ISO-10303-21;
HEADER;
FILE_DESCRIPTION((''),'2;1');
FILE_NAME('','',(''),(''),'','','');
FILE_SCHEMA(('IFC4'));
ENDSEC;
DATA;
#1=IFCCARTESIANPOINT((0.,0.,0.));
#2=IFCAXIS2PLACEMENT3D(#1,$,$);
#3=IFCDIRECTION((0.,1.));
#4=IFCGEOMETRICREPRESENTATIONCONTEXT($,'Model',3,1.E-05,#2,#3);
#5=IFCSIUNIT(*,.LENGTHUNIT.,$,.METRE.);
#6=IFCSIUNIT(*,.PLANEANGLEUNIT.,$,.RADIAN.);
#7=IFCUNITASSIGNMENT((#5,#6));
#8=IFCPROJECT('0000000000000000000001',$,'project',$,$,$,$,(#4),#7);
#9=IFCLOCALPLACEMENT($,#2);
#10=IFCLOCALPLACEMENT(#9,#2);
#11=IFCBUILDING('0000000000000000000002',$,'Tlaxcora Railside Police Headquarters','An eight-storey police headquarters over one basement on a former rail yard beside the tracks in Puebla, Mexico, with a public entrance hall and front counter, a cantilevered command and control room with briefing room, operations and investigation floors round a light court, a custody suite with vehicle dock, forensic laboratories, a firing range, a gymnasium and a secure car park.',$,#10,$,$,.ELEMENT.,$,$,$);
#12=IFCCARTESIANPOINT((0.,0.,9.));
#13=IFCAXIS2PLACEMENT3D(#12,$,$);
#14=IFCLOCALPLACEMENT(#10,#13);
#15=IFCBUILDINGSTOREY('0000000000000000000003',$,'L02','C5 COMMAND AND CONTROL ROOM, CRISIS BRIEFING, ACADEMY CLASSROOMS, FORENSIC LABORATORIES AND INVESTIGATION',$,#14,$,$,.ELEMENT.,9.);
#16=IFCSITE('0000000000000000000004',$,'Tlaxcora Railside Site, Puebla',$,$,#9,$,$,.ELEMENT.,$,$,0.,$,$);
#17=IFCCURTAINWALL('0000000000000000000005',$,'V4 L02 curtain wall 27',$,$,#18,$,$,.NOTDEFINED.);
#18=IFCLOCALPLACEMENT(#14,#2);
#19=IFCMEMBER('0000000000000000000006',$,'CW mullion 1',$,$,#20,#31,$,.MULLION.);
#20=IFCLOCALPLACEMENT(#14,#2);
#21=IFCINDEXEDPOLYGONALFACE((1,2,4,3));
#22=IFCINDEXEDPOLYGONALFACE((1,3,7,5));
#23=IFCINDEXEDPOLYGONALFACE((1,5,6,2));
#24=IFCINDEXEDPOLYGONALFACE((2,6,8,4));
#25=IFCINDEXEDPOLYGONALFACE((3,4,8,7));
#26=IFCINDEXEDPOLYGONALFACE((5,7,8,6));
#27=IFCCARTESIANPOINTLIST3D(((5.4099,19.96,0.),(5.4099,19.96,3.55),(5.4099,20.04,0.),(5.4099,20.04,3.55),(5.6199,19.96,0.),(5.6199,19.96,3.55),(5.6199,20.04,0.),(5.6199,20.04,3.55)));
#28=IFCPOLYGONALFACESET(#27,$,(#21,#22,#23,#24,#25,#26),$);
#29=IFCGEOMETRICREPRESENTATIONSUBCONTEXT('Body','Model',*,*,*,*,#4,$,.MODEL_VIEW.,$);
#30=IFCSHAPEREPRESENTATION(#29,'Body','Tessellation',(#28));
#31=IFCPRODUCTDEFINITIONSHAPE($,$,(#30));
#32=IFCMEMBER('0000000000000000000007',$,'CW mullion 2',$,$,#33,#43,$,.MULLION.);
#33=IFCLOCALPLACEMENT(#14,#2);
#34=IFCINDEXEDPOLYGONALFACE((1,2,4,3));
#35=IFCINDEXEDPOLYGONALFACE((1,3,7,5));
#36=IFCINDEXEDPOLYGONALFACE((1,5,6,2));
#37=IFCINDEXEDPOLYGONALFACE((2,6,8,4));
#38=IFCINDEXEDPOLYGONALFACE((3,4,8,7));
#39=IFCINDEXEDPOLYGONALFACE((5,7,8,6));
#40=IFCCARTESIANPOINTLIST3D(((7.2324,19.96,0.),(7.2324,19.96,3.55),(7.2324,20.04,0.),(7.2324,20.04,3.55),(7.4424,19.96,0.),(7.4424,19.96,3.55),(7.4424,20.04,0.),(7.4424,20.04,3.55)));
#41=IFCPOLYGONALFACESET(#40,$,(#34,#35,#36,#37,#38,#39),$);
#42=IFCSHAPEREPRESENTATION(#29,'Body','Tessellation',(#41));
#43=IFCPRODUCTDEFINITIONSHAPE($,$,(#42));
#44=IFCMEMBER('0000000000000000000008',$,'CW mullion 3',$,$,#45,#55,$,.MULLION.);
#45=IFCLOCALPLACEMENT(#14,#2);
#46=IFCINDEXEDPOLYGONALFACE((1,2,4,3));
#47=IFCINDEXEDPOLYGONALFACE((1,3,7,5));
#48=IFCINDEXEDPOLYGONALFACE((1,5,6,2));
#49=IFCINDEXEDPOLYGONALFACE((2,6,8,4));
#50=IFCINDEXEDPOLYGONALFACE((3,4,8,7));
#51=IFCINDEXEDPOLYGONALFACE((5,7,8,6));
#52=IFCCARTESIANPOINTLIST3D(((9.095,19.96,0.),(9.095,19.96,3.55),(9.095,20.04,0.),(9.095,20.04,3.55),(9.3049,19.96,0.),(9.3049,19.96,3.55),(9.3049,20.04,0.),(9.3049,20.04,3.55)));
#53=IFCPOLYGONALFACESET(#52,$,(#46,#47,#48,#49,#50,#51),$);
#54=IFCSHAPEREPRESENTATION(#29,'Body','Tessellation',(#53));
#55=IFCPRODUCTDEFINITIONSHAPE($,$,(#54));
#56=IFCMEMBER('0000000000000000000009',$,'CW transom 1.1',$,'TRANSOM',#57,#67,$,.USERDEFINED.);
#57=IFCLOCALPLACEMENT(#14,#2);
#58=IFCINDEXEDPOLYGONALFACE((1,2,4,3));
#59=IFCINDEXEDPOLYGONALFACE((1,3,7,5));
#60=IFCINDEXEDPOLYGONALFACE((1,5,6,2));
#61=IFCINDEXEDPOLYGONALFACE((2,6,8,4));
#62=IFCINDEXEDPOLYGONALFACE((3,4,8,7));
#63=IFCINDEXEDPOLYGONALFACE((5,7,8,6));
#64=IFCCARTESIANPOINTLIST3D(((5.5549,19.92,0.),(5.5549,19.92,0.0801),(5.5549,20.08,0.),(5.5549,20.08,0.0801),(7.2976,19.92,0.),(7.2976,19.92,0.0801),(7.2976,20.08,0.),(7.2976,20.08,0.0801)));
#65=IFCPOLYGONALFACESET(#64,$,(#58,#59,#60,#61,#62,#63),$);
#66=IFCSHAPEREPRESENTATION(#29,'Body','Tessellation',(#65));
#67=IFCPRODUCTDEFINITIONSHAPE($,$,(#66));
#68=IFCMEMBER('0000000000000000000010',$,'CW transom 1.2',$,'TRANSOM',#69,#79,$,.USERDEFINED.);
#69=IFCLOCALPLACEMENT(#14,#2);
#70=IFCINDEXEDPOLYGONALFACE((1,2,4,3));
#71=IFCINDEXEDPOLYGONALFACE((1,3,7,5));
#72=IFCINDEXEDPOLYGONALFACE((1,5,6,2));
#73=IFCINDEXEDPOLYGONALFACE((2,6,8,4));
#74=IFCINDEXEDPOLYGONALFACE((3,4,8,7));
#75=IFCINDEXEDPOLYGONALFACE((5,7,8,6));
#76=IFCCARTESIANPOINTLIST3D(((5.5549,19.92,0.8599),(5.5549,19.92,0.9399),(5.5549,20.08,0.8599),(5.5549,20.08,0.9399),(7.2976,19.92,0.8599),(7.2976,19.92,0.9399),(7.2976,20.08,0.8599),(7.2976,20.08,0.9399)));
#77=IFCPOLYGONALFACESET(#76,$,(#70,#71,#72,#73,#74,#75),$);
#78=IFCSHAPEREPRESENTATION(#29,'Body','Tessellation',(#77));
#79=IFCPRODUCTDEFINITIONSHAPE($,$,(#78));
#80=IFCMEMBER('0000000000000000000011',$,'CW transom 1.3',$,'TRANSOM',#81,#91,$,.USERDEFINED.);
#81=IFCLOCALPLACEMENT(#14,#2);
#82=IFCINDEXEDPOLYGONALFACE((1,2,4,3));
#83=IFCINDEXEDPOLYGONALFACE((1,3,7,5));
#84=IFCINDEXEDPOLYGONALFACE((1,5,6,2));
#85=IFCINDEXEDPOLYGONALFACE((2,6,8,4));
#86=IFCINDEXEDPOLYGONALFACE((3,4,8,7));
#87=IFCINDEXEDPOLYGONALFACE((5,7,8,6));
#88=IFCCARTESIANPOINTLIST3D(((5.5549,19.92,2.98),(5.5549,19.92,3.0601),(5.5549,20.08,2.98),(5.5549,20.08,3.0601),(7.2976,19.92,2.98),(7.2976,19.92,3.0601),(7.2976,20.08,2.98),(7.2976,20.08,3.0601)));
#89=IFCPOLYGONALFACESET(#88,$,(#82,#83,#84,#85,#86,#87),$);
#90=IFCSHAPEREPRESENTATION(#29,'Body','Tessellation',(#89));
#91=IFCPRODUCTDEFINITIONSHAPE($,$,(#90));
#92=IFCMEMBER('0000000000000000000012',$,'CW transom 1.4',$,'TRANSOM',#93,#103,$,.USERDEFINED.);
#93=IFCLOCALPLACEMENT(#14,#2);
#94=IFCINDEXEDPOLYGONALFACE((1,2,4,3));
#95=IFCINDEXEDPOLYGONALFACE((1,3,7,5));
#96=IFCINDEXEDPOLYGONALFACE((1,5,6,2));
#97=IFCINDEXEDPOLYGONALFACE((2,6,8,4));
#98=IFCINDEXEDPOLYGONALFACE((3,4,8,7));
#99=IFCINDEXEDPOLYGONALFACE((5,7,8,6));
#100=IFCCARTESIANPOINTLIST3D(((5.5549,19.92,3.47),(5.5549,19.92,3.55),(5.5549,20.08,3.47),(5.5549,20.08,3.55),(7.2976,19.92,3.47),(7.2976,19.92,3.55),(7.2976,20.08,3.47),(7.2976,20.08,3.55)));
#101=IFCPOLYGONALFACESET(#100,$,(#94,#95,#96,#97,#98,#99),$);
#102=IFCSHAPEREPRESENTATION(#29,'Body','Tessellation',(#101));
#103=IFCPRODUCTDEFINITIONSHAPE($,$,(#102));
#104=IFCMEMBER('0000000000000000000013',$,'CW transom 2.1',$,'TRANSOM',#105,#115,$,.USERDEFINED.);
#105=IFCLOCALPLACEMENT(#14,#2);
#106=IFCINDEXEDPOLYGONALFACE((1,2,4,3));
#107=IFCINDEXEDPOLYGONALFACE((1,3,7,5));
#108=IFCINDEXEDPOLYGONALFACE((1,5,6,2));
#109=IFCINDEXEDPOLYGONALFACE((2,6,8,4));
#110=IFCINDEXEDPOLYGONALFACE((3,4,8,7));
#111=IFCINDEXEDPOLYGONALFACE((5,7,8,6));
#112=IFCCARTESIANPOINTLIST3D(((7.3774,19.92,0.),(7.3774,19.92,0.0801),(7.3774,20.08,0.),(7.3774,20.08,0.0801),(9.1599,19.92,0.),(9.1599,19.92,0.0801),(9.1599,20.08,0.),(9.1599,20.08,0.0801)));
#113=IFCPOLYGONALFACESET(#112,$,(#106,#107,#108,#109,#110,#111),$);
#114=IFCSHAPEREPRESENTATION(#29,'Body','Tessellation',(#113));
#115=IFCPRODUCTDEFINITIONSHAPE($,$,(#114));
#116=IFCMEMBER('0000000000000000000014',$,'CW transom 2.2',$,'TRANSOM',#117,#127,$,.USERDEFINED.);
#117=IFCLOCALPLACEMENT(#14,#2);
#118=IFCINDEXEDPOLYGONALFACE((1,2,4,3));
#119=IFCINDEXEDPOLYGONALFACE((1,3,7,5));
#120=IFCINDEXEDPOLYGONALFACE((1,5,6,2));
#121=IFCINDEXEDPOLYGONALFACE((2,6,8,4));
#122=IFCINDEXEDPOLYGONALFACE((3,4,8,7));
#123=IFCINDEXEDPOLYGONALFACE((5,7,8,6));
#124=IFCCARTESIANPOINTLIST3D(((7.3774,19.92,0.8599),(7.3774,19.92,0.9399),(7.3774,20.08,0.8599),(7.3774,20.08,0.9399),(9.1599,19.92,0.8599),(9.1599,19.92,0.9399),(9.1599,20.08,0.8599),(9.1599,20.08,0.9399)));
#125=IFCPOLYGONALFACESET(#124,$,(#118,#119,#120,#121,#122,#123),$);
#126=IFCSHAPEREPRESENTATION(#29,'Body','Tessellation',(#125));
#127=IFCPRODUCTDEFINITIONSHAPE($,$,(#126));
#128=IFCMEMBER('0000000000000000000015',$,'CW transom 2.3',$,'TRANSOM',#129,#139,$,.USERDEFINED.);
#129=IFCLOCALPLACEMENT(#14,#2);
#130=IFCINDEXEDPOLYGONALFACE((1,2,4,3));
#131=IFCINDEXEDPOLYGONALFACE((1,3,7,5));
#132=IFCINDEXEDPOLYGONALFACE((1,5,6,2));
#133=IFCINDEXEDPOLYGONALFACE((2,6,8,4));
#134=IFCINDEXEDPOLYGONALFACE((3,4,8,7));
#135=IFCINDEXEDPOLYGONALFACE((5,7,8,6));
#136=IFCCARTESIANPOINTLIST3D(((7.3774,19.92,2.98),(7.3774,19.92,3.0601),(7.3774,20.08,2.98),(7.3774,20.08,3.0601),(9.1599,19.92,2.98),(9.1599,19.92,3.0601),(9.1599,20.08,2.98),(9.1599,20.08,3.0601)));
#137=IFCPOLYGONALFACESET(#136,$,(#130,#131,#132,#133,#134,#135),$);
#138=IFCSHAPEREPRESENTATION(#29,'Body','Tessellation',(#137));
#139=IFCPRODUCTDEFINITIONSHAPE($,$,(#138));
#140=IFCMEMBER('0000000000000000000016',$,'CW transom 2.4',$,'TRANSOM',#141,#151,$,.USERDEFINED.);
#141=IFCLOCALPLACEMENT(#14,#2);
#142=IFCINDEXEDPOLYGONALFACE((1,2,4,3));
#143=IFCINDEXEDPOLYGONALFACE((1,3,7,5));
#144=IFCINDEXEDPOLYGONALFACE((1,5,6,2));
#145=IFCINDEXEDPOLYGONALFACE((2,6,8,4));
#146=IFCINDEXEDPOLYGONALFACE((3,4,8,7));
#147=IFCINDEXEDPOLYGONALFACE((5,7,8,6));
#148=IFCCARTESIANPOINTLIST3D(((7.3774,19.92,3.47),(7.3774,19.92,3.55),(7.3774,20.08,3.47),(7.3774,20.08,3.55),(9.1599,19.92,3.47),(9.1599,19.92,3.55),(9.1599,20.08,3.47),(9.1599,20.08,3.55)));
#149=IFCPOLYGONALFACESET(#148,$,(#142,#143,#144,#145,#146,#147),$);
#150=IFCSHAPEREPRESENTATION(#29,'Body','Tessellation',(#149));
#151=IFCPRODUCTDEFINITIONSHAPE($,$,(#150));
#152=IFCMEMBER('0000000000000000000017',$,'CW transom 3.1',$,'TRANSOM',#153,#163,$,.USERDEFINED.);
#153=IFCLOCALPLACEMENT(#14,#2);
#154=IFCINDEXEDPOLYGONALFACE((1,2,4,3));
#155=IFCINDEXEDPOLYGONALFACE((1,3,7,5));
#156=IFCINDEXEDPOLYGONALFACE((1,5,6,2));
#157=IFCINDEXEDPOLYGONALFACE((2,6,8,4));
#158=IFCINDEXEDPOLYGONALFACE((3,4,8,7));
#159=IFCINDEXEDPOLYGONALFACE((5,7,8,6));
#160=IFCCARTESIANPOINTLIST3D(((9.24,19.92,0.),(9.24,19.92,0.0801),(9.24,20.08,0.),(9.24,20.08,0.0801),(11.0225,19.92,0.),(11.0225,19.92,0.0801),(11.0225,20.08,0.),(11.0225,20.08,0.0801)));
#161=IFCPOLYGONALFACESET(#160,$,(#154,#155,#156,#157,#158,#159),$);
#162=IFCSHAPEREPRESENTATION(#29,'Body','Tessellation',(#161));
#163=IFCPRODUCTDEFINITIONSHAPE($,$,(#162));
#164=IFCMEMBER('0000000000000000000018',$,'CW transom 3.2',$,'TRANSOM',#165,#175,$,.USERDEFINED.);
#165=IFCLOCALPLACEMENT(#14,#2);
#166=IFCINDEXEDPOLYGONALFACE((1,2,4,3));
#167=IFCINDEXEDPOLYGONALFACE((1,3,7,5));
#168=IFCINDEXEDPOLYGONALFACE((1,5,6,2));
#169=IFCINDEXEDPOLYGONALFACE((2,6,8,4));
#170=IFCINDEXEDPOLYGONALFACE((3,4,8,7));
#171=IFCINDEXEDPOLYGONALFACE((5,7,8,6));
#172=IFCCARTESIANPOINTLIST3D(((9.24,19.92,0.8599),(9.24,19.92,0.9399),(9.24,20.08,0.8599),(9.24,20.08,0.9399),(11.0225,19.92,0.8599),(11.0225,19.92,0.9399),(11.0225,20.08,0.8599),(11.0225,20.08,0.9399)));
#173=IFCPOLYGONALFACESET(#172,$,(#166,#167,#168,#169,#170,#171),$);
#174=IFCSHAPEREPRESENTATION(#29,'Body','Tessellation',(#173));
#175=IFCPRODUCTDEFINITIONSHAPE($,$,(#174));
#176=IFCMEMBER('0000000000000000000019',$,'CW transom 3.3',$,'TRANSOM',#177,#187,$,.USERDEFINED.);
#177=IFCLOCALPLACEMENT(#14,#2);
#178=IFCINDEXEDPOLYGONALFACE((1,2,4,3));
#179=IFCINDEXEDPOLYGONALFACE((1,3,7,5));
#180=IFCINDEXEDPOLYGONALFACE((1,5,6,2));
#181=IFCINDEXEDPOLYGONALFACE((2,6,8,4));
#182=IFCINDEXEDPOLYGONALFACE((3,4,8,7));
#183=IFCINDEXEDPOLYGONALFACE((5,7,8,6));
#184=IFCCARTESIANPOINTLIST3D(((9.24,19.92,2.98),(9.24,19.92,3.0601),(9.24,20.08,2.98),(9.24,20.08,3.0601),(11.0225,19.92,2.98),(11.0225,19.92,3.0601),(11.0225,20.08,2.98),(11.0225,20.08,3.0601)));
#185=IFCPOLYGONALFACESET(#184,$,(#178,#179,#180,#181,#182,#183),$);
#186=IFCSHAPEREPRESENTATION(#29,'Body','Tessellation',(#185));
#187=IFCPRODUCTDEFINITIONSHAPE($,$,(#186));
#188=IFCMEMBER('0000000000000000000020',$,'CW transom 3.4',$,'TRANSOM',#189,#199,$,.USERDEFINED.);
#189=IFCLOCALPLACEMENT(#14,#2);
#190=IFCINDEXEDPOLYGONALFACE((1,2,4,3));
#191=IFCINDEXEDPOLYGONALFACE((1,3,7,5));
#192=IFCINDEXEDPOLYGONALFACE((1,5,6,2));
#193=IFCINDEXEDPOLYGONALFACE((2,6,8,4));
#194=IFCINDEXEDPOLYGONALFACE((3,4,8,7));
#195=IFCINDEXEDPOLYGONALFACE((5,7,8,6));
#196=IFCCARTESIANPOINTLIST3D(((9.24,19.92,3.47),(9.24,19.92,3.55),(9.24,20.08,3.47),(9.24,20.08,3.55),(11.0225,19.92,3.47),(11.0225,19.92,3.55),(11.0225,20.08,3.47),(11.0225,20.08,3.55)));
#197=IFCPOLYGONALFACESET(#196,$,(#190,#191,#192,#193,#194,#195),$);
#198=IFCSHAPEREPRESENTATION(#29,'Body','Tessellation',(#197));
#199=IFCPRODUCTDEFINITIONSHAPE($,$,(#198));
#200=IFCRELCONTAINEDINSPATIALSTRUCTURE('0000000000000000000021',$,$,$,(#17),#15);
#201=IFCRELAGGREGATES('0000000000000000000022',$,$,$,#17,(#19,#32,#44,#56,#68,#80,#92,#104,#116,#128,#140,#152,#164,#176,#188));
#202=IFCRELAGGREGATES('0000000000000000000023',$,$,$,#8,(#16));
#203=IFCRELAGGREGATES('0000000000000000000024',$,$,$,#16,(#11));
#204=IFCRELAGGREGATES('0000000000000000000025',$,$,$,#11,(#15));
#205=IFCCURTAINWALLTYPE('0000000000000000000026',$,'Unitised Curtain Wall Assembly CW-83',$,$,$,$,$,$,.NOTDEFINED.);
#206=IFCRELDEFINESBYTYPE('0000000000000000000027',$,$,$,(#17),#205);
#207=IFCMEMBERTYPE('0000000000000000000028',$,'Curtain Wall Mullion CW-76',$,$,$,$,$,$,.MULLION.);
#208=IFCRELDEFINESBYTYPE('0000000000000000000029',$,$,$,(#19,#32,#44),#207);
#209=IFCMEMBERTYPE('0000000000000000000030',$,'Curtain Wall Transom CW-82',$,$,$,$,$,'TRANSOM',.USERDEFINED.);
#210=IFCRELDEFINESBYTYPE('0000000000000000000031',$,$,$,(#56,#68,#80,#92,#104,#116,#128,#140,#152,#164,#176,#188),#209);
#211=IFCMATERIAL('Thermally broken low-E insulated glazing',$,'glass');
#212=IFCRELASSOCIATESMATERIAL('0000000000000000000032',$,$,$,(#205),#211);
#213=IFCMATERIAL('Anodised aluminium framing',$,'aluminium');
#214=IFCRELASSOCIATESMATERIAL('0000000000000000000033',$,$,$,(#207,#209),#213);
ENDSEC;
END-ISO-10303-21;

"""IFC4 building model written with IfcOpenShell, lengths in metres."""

from ifc_helpers import new_model, si_unit, direction, frame, origin, origin_2d, place, context, subcontext, project, spatial, rectangle, extrude, material, material_profile, profile_set, type_object, element, aggregate, save


model = new_model("IFC4")

# Units and contexts
model_context = context("Model", 3, precision=1e-05, world=origin(), true_north=direction((0.0, 1.0)))
body_context = subcontext(model_context, "Body", "Model", "MODEL_VIEW")
ifc_project = project(units=[si_unit("LENGTHUNIT", "METRE"), si_unit("PLANEANGLEUNIT", "RADIAN")], contexts=[model_context])

# Site, building, storey
site_placement = place(None, origin())
site = spatial("IfcSite", under=ifc_project, at=site_placement, Name="Tlaxcora Railside Site, Puebla", CompositionType="ELEMENT", RefElevation=0.0)
building_placement = place(site_placement, origin())
building = spatial("IfcBuilding", under=site, at=building_placement, Name="Tlaxcora Railside Police Headquarters", Description="An eight-storey police headquarters over one basement on a former rail yard beside the tracks in Puebla, Mexico, with a public entrance hall and front counter, a cantilevered command and control room with briefing room, operations and investigation floors round a light court, a custody suite with vehicle dock, forensic laboratories, a firing range, a gymnasium and a secure car park.", CompositionType="ELEMENT")
storey_placement = place(building_placement, frame((0.0, 0.0, 9.0)))
storey = spatial("IfcBuildingStorey", under=building, at=storey_placement, Name="L02", Description="C5 COMMAND AND CONTROL ROOM, CRISIS BRIEFING, ACADEMY CLASSROOMS, FORENSIC LABORATORIES AND INVESTIGATION", CompositionType="ELEMENT", Elevation=9.0)

# Curtain wall, members
ifc_material_1 = material(Name="Thermally broken low-E insulated glazing", Category="glass")
curtain_wall_type = type_object("IfcCurtainWallType", Name="Unitised Curtain Wall Assembly CW-83", PredefinedType="NOTDEFINED", material=ifc_material_1)
curtain_wall_placement = place(storey_placement, origin())
curtain_wall = element("IfcCurtainWall", 1, at=curtain_wall_placement, inside=storey, type_object=curtain_wall_type, Name="V4 L02 curtain wall 27", PredefinedType="NOTDEFINED")
ifc_material_2 = material(Name="Anodised aluminium framing", Category="aluminium")
ifc_material_profile_1 = material_profile(ifc_material_2, rectangle(XDim=0.0801, YDim=0.21, at=origin_2d()), Name="AL80X210")
ifc_profile_set_1 = profile_set([ifc_material_profile_1], Name="Anodised aluminium framing")
member_type_1 = type_object("IfcMemberType", Name="Curtain Wall Mullion CW-76", PredefinedType="MULLION", material=ifc_profile_set_1)
member_1_placement = place(storey_placement, frame((5.5149, 20.0, 0.0), z_axis=(0.0, 0.0, 1.0), x_axis=(0.0, 1.0, 0.0)))
member_1 = element("IfcMember", 2, at=member_1_placement, type_object=member_type_1, Name="CW mullion 1", PredefinedType="MULLION", context=body_context, shape_type="SweptSolid", body=[
    extrude(rectangle(XDim=0.0801, YDim=0.21, at=origin_2d()), origin(), (0.0, 0.0, 1.0), 3.55),
])
member_2_placement = place(storey_placement, frame((7.3374, 20.0, 0.0), z_axis=(0.0, 0.0, 1.0), x_axis=(0.0, 1.0, 0.0)))
member_2 = element("IfcMember", 3, at=member_2_placement, type_object=member_type_1, Name="CW mullion 2", PredefinedType="MULLION", context=body_context, shape_type="SweptSolid", body=[
    extrude(rectangle(XDim=0.0801, YDim=0.21, at=origin_2d()), origin(), (0.0, 0.0, 1.0), 3.55),
])
member_3_placement = place(storey_placement, frame((9.2, 20.0, 0.0), z_axis=(0.0, 0.0, 1.0), x_axis=(0.0, 1.0, 0.0)))
member_3 = element("IfcMember", 4, at=member_3_placement, type_object=member_type_1, Name="CW mullion 3", PredefinedType="MULLION", context=body_context, shape_type="SweptSolid", body=[
    extrude(rectangle(XDim=0.0801, YDim=0.21, at=origin_2d()), origin(), (0.0, 0.0, 1.0), 3.55),
])
ifc_material_profile_2 = material_profile(ifc_material_2, rectangle(XDim=0.1599, YDim=0.0801, at=origin_2d()), Name="AL80X160")
ifc_profile_set_2 = profile_set([ifc_material_profile_2], Name="Anodised aluminium framing")
member_type_2 = type_object("IfcMemberType", Name="Curtain Wall Transom CW-82", ElementType="TRANSOM", PredefinedType="USERDEFINED", material=ifc_profile_set_2)
member_4_placement = place(storey_placement, frame((5.5549, 20.0, 0.04), z_axis=(1.0, 0.0, 0.0), x_axis=(0.0, 1.0, 0.0)))
member_4 = element("IfcMember", 5, at=member_4_placement, type_object=member_type_2, Name="CW transom 1.1", ObjectType="TRANSOM", PredefinedType="USERDEFINED", context=body_context, shape_type="SweptSolid", body=[
    extrude(rectangle(XDim=0.1599, YDim=0.0801, at=origin_2d()), origin(), (0.0, 0.0, 1.0), 1.7427),
])
member_5_placement = place(storey_placement, frame((5.5549, 20.0, 0.8999), z_axis=(1.0, 0.0, 0.0), x_axis=(0.0, 1.0, 0.0)))
member_5 = element("IfcMember", 6, at=member_5_placement, type_object=member_type_2, Name="CW transom 1.2", ObjectType="TRANSOM", PredefinedType="USERDEFINED", context=body_context, shape_type="SweptSolid", body=[
    extrude(rectangle(XDim=0.1599, YDim=0.0801, at=origin_2d()), origin(), (0.0, 0.0, 1.0), 1.7427),
])
member_6_placement = place(storey_placement, frame((5.5549, 20.0, 3.02), z_axis=(1.0, 0.0, 0.0), x_axis=(0.0, 1.0, 0.0)))
member_6 = element("IfcMember", 7, at=member_6_placement, type_object=member_type_2, Name="CW transom 1.3", ObjectType="TRANSOM", PredefinedType="USERDEFINED", context=body_context, shape_type="SweptSolid", body=[
    extrude(rectangle(XDim=0.1599, YDim=0.0801, at=origin_2d()), origin(), (0.0, 0.0, 1.0), 1.7427),
])
member_7_placement = place(storey_placement, frame((5.5549, 20.0, 3.51), z_axis=(1.0, 0.0, 0.0), x_axis=(0.0, 1.0, 0.0)))
member_7 = element("IfcMember", 8, at=member_7_placement, type_object=member_type_2, Name="CW transom 1.4", ObjectType="TRANSOM", PredefinedType="USERDEFINED", context=body_context, shape_type="SweptSolid", body=[
    extrude(rectangle(XDim=0.1599, YDim=0.0801, at=origin_2d()), origin(), (0.0, 0.0, 1.0), 1.7427),
])
member_8_placement = place(storey_placement, frame((7.3774, 20.0, 0.04), z_axis=(1.0, 0.0, 0.0), x_axis=(0.0, 1.0, 0.0)))
member_8 = element("IfcMember", 9, at=member_8_placement, type_object=member_type_2, Name="CW transom 2.1", ObjectType="TRANSOM", PredefinedType="USERDEFINED", context=body_context, shape_type="SweptSolid", body=[
    extrude(rectangle(XDim=0.1599, YDim=0.0801, at=origin_2d()), origin(), (0.0, 0.0, 1.0), 1.7825),
])
member_9_placement = place(storey_placement, frame((7.3774, 20.0, 0.8999), z_axis=(1.0, 0.0, 0.0), x_axis=(0.0, 1.0, 0.0)))
member_9 = element("IfcMember", 10, at=member_9_placement, type_object=member_type_2, Name="CW transom 2.2", ObjectType="TRANSOM", PredefinedType="USERDEFINED", context=body_context, shape_type="SweptSolid", body=[
    extrude(rectangle(XDim=0.1599, YDim=0.0801, at=origin_2d()), origin(), (0.0, 0.0, 1.0), 1.7825),
])
member_10_placement = place(storey_placement, frame((7.3774, 20.0, 3.02), z_axis=(1.0, 0.0, 0.0), x_axis=(0.0, 1.0, 0.0)))
member_10 = element("IfcMember", 11, at=member_10_placement, type_object=member_type_2, Name="CW transom 2.3", ObjectType="TRANSOM", PredefinedType="USERDEFINED", context=body_context, shape_type="SweptSolid", body=[
    extrude(rectangle(XDim=0.1599, YDim=0.0801, at=origin_2d()), origin(), (0.0, 0.0, 1.0), 1.7825),
])
member_11_placement = place(storey_placement, frame((7.3774, 20.0, 3.51), z_axis=(1.0, 0.0, 0.0), x_axis=(0.0, 1.0, 0.0)))
member_11 = element("IfcMember", 12, at=member_11_placement, type_object=member_type_2, Name="CW transom 2.4", ObjectType="TRANSOM", PredefinedType="USERDEFINED", context=body_context, shape_type="SweptSolid", body=[
    extrude(rectangle(XDim=0.1599, YDim=0.0801, at=origin_2d()), origin(), (0.0, 0.0, 1.0), 1.7825),
])
member_12_placement = place(storey_placement, frame((9.24, 20.0, 0.04), z_axis=(1.0, 0.0, 0.0), x_axis=(0.0, 1.0, 0.0)))
member_12 = element("IfcMember", 13, at=member_12_placement, type_object=member_type_2, Name="CW transom 3.1", ObjectType="TRANSOM", PredefinedType="USERDEFINED", context=body_context, shape_type="SweptSolid", body=[
    extrude(rectangle(XDim=0.1599, YDim=0.0801, at=origin_2d()), origin(), (0.0, 0.0, 1.0), 1.7825),
])
member_13_placement = place(storey_placement, frame((9.24, 20.0, 0.8999), z_axis=(1.0, 0.0, 0.0), x_axis=(0.0, 1.0, 0.0)))
member_13 = element("IfcMember", 14, at=member_13_placement, type_object=member_type_2, Name="CW transom 3.2", ObjectType="TRANSOM", PredefinedType="USERDEFINED", context=body_context, shape_type="SweptSolid", body=[
    extrude(rectangle(XDim=0.1599, YDim=0.0801, at=origin_2d()), origin(), (0.0, 0.0, 1.0), 1.7825),
])
member_14_placement = place(storey_placement, frame((9.24, 20.0, 3.02), z_axis=(1.0, 0.0, 0.0), x_axis=(0.0, 1.0, 0.0)))
member_14 = element("IfcMember", 15, at=member_14_placement, type_object=member_type_2, Name="CW transom 3.3", ObjectType="TRANSOM", PredefinedType="USERDEFINED", context=body_context, shape_type="SweptSolid", body=[
    extrude(rectangle(XDim=0.1599, YDim=0.0801, at=origin_2d()), origin(), (0.0, 0.0, 1.0), 1.7825),
])
member_15_placement = place(storey_placement, frame((9.24, 20.0, 3.51), z_axis=(1.0, 0.0, 0.0), x_axis=(0.0, 1.0, 0.0)))
member_15 = element("IfcMember", 16, at=member_15_placement, type_object=member_type_2, Name="CW transom 3.4", ObjectType="TRANSOM", PredefinedType="USERDEFINED", context=body_context, shape_type="SweptSolid", body=[
    extrude(rectangle(XDim=0.1599, YDim=0.0801, at=origin_2d()), origin(), (0.0, 0.0, 1.0), 1.7825),
])
aggregate(curtain_wall, [member_1, member_2, member_3, member_4, member_5, member_6, member_7, member_8, member_9, member_10, member_11, member_12, member_13, member_14, member_15])

save(model, "model.ifc")
